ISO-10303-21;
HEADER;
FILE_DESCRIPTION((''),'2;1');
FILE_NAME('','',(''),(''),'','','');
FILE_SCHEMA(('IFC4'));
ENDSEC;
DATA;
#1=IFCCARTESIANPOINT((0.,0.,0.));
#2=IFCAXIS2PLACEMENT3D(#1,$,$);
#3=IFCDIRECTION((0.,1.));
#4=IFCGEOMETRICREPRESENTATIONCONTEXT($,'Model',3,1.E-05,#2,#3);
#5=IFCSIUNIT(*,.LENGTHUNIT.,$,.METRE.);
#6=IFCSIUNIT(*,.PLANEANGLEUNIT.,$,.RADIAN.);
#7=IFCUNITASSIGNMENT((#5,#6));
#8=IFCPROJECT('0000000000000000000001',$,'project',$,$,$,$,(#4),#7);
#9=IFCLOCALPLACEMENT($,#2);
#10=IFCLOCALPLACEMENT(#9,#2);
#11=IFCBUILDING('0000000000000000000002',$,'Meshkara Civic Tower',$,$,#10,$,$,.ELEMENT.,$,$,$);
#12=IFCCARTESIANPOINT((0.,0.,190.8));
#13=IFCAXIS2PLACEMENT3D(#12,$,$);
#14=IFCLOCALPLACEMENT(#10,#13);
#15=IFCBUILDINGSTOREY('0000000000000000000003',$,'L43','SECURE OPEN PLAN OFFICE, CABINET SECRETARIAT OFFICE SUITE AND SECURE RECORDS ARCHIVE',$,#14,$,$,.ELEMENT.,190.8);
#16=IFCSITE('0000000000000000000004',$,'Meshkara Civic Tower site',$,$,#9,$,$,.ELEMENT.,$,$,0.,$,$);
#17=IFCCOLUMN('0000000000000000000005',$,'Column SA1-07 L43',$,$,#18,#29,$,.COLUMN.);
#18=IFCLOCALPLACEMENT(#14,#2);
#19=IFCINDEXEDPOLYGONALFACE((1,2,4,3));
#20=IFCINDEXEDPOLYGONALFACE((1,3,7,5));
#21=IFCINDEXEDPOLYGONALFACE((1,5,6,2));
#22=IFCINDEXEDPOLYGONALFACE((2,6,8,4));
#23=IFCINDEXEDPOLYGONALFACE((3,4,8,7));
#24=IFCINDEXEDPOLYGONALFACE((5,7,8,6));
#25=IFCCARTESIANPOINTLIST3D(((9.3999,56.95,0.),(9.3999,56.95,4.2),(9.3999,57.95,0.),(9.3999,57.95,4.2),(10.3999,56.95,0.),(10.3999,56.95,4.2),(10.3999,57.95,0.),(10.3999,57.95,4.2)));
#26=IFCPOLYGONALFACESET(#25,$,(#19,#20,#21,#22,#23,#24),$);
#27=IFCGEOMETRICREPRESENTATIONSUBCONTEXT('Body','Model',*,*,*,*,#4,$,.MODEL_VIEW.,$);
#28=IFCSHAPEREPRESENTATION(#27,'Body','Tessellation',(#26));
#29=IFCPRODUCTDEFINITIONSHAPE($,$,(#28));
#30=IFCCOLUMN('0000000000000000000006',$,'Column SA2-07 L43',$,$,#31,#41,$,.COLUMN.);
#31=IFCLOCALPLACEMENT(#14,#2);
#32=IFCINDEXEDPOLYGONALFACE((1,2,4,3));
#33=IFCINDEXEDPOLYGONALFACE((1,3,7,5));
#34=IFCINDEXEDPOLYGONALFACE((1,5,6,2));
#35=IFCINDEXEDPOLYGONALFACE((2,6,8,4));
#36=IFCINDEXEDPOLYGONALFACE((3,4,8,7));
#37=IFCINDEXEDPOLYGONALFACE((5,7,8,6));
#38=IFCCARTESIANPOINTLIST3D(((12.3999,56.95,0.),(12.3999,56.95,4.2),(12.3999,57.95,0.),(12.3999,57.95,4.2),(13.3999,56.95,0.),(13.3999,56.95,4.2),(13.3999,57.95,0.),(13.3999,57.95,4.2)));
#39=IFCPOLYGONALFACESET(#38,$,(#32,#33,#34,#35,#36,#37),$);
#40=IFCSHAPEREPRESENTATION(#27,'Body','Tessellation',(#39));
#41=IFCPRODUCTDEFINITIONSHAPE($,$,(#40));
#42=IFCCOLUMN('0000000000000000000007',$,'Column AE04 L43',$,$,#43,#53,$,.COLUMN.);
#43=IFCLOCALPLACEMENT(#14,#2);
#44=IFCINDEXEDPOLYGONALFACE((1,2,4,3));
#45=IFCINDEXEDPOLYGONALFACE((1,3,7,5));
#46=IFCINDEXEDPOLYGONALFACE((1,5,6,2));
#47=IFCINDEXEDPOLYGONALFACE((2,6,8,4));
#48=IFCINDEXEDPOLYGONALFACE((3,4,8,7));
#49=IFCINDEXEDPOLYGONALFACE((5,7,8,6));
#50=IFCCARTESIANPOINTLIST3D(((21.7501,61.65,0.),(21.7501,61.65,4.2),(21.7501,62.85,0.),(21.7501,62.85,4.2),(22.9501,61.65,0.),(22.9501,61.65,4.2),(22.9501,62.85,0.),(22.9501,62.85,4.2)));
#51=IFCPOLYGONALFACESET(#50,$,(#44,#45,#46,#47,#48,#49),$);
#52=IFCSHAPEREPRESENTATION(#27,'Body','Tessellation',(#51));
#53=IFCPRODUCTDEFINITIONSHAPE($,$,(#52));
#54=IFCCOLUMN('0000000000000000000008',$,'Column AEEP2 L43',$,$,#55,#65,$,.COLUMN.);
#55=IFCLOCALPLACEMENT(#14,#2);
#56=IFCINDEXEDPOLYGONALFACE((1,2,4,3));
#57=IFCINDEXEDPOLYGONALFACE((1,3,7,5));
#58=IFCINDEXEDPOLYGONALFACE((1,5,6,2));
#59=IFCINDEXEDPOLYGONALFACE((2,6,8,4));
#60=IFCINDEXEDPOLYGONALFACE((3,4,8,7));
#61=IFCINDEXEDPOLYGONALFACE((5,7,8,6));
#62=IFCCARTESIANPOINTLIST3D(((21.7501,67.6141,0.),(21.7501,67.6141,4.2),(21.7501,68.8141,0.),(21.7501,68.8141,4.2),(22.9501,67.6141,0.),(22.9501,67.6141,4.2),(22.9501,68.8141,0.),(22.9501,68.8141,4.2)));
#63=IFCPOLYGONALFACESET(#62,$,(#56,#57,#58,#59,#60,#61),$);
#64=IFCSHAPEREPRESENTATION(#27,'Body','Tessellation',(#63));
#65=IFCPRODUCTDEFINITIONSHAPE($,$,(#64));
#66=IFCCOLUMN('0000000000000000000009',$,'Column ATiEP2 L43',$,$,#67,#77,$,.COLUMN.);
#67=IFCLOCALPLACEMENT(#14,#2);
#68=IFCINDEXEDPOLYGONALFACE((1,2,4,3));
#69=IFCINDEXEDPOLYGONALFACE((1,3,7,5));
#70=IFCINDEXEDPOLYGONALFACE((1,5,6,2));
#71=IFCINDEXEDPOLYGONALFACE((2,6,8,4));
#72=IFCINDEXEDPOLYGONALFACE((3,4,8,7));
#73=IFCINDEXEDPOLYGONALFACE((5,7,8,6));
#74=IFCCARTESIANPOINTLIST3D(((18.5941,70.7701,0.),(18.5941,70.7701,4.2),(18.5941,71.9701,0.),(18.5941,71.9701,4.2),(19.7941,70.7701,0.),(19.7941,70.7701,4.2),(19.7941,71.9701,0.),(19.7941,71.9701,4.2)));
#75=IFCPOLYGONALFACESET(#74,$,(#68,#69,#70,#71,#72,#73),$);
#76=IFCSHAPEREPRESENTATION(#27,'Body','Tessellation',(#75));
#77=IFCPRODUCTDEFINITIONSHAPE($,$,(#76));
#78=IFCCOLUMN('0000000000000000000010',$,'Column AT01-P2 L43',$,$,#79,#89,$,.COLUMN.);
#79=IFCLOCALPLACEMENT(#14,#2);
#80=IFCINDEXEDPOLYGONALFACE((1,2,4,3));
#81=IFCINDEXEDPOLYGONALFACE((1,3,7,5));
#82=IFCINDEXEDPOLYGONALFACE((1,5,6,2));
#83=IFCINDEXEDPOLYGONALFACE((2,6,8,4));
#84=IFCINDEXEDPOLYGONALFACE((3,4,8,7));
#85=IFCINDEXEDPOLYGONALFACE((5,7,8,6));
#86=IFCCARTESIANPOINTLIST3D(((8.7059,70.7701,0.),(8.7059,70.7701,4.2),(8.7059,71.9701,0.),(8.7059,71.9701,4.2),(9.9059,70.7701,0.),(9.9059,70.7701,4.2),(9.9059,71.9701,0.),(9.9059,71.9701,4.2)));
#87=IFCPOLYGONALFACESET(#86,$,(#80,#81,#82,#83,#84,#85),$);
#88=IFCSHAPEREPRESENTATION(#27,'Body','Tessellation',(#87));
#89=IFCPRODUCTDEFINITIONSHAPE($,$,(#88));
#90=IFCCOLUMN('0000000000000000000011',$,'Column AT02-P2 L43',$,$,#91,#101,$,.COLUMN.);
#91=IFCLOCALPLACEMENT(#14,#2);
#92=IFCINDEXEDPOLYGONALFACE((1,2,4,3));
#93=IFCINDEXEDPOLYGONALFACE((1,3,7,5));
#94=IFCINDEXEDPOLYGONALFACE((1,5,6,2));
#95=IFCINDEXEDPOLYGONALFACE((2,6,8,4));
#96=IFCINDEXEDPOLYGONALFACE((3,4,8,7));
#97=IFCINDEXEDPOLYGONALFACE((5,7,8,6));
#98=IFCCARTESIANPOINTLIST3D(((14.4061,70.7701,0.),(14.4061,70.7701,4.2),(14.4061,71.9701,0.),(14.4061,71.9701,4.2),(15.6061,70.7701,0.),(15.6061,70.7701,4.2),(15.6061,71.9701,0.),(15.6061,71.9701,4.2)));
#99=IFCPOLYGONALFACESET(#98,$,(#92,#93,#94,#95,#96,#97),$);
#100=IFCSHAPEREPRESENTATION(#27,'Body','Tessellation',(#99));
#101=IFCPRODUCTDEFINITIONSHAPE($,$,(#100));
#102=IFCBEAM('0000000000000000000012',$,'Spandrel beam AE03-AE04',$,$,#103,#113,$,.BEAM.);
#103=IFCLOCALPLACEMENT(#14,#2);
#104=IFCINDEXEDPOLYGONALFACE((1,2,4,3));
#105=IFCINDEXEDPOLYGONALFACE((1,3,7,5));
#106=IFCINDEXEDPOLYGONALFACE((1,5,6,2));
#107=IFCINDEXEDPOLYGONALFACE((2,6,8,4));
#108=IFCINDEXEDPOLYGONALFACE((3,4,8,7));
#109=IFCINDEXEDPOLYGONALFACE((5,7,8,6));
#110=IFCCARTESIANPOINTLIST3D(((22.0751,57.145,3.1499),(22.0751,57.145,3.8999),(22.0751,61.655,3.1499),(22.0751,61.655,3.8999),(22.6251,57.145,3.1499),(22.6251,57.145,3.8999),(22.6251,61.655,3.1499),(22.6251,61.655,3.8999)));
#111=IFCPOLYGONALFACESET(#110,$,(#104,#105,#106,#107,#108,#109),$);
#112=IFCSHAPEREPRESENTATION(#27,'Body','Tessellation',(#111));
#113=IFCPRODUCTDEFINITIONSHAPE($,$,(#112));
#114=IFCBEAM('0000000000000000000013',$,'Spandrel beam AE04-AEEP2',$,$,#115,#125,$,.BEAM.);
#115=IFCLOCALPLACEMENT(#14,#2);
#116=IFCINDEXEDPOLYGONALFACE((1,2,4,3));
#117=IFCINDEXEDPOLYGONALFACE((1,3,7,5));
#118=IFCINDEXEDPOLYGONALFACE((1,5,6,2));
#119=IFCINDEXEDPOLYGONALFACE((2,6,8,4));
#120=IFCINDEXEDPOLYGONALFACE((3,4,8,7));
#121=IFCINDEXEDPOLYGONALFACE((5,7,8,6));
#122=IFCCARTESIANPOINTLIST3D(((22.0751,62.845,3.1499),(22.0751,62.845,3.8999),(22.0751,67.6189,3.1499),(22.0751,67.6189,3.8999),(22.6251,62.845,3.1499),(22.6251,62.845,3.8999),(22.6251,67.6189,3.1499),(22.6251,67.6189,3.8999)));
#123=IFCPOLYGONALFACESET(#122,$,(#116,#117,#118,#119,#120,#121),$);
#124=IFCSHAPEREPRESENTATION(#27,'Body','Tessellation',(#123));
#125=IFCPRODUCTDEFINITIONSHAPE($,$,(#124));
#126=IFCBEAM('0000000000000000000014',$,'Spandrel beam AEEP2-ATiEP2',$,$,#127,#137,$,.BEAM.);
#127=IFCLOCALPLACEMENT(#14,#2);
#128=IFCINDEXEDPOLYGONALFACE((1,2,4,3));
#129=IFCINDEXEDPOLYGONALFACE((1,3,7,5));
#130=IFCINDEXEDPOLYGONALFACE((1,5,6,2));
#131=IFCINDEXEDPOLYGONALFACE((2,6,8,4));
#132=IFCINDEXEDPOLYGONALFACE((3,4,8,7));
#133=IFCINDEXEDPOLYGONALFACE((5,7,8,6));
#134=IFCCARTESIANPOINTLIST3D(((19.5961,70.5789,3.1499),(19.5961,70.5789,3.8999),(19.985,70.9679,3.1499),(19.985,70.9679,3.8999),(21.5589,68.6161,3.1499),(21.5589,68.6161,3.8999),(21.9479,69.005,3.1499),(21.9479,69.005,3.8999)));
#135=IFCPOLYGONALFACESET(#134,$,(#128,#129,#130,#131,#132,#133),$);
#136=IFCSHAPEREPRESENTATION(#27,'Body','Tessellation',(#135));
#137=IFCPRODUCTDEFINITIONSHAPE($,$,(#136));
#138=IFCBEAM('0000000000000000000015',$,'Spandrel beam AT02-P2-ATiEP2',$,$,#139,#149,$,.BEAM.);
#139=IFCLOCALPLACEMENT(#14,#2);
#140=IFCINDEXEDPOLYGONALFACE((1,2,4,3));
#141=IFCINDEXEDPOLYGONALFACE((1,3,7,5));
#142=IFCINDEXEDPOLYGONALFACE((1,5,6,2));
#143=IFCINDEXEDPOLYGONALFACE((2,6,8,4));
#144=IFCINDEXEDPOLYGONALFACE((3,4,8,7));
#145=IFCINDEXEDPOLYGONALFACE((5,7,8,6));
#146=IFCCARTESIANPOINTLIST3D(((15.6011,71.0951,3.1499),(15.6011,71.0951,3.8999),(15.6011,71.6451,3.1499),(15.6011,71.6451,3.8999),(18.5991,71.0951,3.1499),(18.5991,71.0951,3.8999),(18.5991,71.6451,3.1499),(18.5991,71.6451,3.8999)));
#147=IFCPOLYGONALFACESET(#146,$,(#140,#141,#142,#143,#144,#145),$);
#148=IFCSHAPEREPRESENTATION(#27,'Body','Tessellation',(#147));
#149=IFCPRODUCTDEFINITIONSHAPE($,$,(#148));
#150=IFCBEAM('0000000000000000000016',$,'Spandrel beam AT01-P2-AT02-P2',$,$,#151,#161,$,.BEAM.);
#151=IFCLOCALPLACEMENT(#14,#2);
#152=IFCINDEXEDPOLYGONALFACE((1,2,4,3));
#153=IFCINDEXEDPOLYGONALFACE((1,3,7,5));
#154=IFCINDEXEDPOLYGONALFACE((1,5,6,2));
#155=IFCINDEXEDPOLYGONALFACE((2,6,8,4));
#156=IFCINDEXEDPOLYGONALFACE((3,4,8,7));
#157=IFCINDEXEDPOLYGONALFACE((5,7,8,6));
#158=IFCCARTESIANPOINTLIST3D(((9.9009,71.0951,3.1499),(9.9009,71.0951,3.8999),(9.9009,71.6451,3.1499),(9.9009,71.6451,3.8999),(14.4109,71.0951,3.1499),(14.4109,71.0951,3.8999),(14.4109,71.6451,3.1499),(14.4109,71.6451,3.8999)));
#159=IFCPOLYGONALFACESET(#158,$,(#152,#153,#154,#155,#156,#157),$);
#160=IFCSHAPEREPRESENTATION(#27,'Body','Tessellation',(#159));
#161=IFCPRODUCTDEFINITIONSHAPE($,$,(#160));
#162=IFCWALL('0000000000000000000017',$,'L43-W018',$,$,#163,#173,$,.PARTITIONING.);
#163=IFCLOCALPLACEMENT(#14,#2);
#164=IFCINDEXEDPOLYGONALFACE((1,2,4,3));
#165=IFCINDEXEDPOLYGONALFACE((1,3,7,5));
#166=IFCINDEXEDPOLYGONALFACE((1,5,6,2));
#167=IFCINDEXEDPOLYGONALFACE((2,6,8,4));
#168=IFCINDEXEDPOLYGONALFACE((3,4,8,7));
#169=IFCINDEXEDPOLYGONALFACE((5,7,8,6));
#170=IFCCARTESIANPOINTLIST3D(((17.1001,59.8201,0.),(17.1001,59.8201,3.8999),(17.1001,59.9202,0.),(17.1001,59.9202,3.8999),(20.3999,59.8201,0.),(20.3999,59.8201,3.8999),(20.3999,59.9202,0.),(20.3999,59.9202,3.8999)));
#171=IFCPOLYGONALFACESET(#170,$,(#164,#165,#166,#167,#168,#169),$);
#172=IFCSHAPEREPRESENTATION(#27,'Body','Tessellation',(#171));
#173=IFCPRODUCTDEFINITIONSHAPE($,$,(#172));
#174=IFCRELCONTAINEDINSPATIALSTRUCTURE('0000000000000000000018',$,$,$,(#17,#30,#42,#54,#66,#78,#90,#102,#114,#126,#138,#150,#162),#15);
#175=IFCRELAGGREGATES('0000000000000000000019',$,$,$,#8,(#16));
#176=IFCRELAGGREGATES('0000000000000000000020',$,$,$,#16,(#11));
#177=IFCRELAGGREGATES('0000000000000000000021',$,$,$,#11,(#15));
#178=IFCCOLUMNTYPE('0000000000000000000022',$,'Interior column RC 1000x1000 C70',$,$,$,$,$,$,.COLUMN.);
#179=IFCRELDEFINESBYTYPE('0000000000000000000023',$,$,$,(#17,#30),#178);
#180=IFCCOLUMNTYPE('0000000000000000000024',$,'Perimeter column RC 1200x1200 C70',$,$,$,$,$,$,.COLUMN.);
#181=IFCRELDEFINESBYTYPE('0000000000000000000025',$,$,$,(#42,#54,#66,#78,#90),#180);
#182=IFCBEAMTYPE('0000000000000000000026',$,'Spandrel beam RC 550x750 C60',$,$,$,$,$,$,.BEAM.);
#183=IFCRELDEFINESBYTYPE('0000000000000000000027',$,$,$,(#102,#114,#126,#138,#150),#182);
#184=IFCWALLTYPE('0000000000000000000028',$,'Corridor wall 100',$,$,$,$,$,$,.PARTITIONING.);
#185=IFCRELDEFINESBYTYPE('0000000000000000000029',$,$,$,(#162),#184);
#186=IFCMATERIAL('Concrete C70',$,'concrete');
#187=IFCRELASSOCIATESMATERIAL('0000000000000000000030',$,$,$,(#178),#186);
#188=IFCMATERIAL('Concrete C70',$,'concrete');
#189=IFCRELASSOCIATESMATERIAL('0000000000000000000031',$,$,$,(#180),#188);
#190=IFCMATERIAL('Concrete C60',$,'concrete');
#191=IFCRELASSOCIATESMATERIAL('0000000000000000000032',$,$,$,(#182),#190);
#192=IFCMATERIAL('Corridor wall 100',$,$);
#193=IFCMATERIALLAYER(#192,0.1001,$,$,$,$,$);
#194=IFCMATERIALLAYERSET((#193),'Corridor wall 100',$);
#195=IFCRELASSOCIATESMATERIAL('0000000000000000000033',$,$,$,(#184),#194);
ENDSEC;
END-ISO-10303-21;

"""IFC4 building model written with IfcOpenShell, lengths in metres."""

from ifc_helpers import new_model, si_unit, direction, frame, frame_2d, origin, origin_2d, place, context, subcontext, project, spatial, rectangle, extrude, material, layer, layer_set, material_profile, profile_set, type_object, element, save


model = new_model("IFC4")

# Units and contexts
model_context = context("Model", 3, precision=1e-05, world=origin(), true_north=direction((0.0, 1.0)))
body_context = subcontext(model_context, "Body", "Model", "MODEL_VIEW")
ifc_project = project(units=[si_unit("LENGTHUNIT", "METRE"), si_unit("PLANEANGLEUNIT", "RADIAN")], contexts=[model_context])

# Site, building, storey
site_placement = place(None, origin())
site = spatial("IfcSite", under=ifc_project, at=site_placement, Name="Meshkara Civic Tower site", CompositionType="ELEMENT", RefElevation=0.0)
building_placement = place(site_placement, origin())
building = spatial("IfcBuilding", under=site, at=building_placement, Name="Meshkara Civic Tower", CompositionType="ELEMENT")
storey_placement = place(building_placement, frame((0.0, 0.0, 190.8)))
storey = spatial("IfcBuildingStorey", under=building, at=storey_placement, Name="L43", Description="SECURE OPEN PLAN OFFICE, CABINET SECRETARIAT OFFICE SUITE AND SECURE RECORDS ARCHIVE", CompositionType="ELEMENT", Elevation=190.8)

# Columns
ifc_material_1 = material(Name="Concrete C70", Category="concrete")
ifc_material_profile_1 = material_profile(ifc_material_1, rectangle(XDim=1.0, YDim=1.0, at=origin_2d()))
ifc_profile_set_1 = profile_set([ifc_material_profile_1], Name="Concrete C70")
column_type_1 = type_object("IfcColumnType", Name="Interior column RC 1000x1000 C70", PredefinedType="COLUMN", material=ifc_profile_set_1)
for number, where, z_axis, x_axis, name in (
    (1, (9.8999, 57.45, 0.0), (0.0, 0.0, 1.0), (1.0, 0.0, 0.0), "Column SA1-07 L43"),
    (2, (12.8999, 57.45, 0.0), (0.0, 0.0, 1.0), (1.0, 0.0, 0.0), "Column SA2-07 L43"),
):
    element("IfcColumn", number, at=place(storey_placement, frame(where, z_axis=z_axis, x_axis=x_axis)), inside=storey, type_object=column_type_1, Name=name, PredefinedType="COLUMN", context=body_context, shape_type="SweptSolid", body=[
        extrude(rectangle(XDim=1.0, YDim=1.0, at=origin_2d()), origin(), (0.0, 0.0, 1.0), 4.2),
    ])
ifc_material_2 = material(Name="Concrete C70", Category="concrete")
ifc_material_profile_2 = material_profile(ifc_material_2, rectangle(XDim=1.2, YDim=1.2, at=origin_2d()))
ifc_profile_set_2 = profile_set([ifc_material_profile_2], Name="Concrete C70")
column_type_2 = type_object("IfcColumnType", Name="Perimeter column RC 1200x1200 C70", PredefinedType="COLUMN", material=ifc_profile_set_2)
for number, where, z_axis, x_axis, name in (
    (3, (22.3501, 62.25, 0.0), (0.0, 0.0, 1.0), (1.0, 0.0, 0.0), "Column AE04 L43"),
    (4, (22.3501, 68.2141, 0.0), (0.0, 0.0, 1.0), (1.0, 0.0, 0.0), "Column AEEP2 L43"),
    (5, (19.1941, 71.3701, 0.0), (0.0, 0.0, 1.0), (1.0, 0.0, 0.0), "Column ATiEP2 L43"),
    (6, (9.3059, 71.3701, 0.0), (0.0, 0.0, 1.0), (1.0, 0.0, 0.0), "Column AT01-P2 L43"),
    (7, (15.0061, 71.3701, 0.0), (0.0, 0.0, 1.0), (1.0, 0.0, 0.0), "Column AT02-P2 L43"),
):
    element("IfcColumn", number, at=place(storey_placement, frame(where, z_axis=z_axis, x_axis=x_axis)), inside=storey, type_object=column_type_2, Name=name, PredefinedType="COLUMN", context=body_context, shape_type="SweptSolid", body=[
        extrude(rectangle(XDim=1.2, YDim=1.2, at=origin_2d()), origin(), (0.0, 0.0, 1.0), 4.2),
    ])

# Beams
ifc_material_3 = material(Name="Concrete C60", Category="concrete")
ifc_material_profile_3 = material_profile(ifc_material_3, rectangle(XDim=0.55, YDim=0.75, at=origin_2d()))
ifc_profile_set_3 = profile_set([ifc_material_profile_3], Name="Concrete C60")
beam_type = type_object("IfcBeamType", Name="Spandrel beam RC 550x750 C60", PredefinedType="BEAM", material=ifc_profile_set_3)
beam_1_placement = place(storey_placement, frame((22.3501, 57.145, 3.5249), z_axis=(0.0, 1.0, 0.0), x_axis=(-1.0, 0.0, 0.0)))
element("IfcBeam", 8, at=beam_1_placement, inside=storey, type_object=beam_type, Name="Spandrel beam AE03-AE04", PredefinedType="BEAM", context=body_context, shape_type="SweptSolid", body=[
    extrude(rectangle(XDim=0.55, YDim=0.75, at=origin_2d()), origin(), (0.0, 0.0, 1.0), 4.51),
])
beam_2_placement = place(storey_placement, frame((22.3501, 62.845, 3.5249), z_axis=(0.0, 1.0, 0.0), x_axis=(-1.0, 0.0, 0.0)))
element("IfcBeam", 9, at=beam_2_placement, inside=storey, type_object=beam_type, Name="Spandrel beam AE04-AEEP2", PredefinedType="BEAM", context=body_context, shape_type="SweptSolid", body=[
    extrude(rectangle(XDim=0.55, YDim=0.75, at=origin_2d()), origin(), (0.0, 0.0, 1.0), 4.7739),
])
beam_3_placement = place(storey_placement, frame((21.7534, 68.8105, 3.5249), z_axis=(-0.707107, 0.707107, 0.0), x_axis=(-0.707107, -0.707107, 0.0)))
element("IfcBeam", 10, at=beam_3_placement, inside=storey, type_object=beam_type, Name="Spandrel beam AEEP2-ATiEP2", PredefinedType="BEAM", context=body_context, shape_type="SweptSolid", body=[
    extrude(rectangle(XDim=0.55, YDim=0.75, at=origin_2d()), origin(), (0.0, 0.0, 1.0), 2.7759),
])
beam_4_placement = place(storey_placement, frame((18.5991, 71.3701, 3.5249), z_axis=(-1.0, 0.0, 0.0), x_axis=(0.0, -1.0, 0.0)))
element("IfcBeam", 11, at=beam_4_placement, inside=storey, type_object=beam_type, Name="Spandrel beam AT02-P2-ATiEP2", PredefinedType="BEAM", context=body_context, shape_type="SweptSolid", body=[
    extrude(rectangle(XDim=0.55, YDim=0.75, at=origin_2d()), origin(), (0.0, 0.0, 1.0), 2.998),
])
beam_5_placement = place(storey_placement, frame((14.4109, 71.3701, 3.5249), z_axis=(-1.0, 0.0, 0.0), x_axis=(0.0, -1.0, 0.0)))
element("IfcBeam", 12, at=beam_5_placement, inside=storey, type_object=beam_type, Name="Spandrel beam AT01-P2-AT02-P2", PredefinedType="BEAM", context=body_context, shape_type="SweptSolid", body=[
    extrude(rectangle(XDim=0.55, YDim=0.75, at=origin_2d()), origin(), (0.0, 0.0, 1.0), 4.51),
])

# Wall
ifc_material_4 = material(Name="Corridor wall 100")
ifc_layer_1 = layer(ifc_material_4, 0.1001)
ifc_layer_set_1 = layer_set([ifc_layer_1], Name="Corridor wall 100")
wall_type_1 = type_object("IfcWallType", Name="Corridor wall 100", PredefinedType="PARTITIONING", material=ifc_layer_set_1)
wall_1_placement = place(storey_placement, frame((20.3999, 59.8701, 0.0), z_axis=(0.0, 0.0, 1.0), x_axis=(-1.0, 0.0, 0.0)))
element("IfcWall", 13, at=wall_1_placement, inside=storey, type_object=wall_type_1, Name="L43-W018", PredefinedType="PARTITIONING", context=body_context, shape_type="SweptSolid", body=[
    extrude(rectangle(XDim=3.2998, YDim=0.1001, at=frame_2d((1.6499, 0.0))), origin(), (0.0, 0.0, 1.0), 3.8999),
])

save(model, "model.ifc")
